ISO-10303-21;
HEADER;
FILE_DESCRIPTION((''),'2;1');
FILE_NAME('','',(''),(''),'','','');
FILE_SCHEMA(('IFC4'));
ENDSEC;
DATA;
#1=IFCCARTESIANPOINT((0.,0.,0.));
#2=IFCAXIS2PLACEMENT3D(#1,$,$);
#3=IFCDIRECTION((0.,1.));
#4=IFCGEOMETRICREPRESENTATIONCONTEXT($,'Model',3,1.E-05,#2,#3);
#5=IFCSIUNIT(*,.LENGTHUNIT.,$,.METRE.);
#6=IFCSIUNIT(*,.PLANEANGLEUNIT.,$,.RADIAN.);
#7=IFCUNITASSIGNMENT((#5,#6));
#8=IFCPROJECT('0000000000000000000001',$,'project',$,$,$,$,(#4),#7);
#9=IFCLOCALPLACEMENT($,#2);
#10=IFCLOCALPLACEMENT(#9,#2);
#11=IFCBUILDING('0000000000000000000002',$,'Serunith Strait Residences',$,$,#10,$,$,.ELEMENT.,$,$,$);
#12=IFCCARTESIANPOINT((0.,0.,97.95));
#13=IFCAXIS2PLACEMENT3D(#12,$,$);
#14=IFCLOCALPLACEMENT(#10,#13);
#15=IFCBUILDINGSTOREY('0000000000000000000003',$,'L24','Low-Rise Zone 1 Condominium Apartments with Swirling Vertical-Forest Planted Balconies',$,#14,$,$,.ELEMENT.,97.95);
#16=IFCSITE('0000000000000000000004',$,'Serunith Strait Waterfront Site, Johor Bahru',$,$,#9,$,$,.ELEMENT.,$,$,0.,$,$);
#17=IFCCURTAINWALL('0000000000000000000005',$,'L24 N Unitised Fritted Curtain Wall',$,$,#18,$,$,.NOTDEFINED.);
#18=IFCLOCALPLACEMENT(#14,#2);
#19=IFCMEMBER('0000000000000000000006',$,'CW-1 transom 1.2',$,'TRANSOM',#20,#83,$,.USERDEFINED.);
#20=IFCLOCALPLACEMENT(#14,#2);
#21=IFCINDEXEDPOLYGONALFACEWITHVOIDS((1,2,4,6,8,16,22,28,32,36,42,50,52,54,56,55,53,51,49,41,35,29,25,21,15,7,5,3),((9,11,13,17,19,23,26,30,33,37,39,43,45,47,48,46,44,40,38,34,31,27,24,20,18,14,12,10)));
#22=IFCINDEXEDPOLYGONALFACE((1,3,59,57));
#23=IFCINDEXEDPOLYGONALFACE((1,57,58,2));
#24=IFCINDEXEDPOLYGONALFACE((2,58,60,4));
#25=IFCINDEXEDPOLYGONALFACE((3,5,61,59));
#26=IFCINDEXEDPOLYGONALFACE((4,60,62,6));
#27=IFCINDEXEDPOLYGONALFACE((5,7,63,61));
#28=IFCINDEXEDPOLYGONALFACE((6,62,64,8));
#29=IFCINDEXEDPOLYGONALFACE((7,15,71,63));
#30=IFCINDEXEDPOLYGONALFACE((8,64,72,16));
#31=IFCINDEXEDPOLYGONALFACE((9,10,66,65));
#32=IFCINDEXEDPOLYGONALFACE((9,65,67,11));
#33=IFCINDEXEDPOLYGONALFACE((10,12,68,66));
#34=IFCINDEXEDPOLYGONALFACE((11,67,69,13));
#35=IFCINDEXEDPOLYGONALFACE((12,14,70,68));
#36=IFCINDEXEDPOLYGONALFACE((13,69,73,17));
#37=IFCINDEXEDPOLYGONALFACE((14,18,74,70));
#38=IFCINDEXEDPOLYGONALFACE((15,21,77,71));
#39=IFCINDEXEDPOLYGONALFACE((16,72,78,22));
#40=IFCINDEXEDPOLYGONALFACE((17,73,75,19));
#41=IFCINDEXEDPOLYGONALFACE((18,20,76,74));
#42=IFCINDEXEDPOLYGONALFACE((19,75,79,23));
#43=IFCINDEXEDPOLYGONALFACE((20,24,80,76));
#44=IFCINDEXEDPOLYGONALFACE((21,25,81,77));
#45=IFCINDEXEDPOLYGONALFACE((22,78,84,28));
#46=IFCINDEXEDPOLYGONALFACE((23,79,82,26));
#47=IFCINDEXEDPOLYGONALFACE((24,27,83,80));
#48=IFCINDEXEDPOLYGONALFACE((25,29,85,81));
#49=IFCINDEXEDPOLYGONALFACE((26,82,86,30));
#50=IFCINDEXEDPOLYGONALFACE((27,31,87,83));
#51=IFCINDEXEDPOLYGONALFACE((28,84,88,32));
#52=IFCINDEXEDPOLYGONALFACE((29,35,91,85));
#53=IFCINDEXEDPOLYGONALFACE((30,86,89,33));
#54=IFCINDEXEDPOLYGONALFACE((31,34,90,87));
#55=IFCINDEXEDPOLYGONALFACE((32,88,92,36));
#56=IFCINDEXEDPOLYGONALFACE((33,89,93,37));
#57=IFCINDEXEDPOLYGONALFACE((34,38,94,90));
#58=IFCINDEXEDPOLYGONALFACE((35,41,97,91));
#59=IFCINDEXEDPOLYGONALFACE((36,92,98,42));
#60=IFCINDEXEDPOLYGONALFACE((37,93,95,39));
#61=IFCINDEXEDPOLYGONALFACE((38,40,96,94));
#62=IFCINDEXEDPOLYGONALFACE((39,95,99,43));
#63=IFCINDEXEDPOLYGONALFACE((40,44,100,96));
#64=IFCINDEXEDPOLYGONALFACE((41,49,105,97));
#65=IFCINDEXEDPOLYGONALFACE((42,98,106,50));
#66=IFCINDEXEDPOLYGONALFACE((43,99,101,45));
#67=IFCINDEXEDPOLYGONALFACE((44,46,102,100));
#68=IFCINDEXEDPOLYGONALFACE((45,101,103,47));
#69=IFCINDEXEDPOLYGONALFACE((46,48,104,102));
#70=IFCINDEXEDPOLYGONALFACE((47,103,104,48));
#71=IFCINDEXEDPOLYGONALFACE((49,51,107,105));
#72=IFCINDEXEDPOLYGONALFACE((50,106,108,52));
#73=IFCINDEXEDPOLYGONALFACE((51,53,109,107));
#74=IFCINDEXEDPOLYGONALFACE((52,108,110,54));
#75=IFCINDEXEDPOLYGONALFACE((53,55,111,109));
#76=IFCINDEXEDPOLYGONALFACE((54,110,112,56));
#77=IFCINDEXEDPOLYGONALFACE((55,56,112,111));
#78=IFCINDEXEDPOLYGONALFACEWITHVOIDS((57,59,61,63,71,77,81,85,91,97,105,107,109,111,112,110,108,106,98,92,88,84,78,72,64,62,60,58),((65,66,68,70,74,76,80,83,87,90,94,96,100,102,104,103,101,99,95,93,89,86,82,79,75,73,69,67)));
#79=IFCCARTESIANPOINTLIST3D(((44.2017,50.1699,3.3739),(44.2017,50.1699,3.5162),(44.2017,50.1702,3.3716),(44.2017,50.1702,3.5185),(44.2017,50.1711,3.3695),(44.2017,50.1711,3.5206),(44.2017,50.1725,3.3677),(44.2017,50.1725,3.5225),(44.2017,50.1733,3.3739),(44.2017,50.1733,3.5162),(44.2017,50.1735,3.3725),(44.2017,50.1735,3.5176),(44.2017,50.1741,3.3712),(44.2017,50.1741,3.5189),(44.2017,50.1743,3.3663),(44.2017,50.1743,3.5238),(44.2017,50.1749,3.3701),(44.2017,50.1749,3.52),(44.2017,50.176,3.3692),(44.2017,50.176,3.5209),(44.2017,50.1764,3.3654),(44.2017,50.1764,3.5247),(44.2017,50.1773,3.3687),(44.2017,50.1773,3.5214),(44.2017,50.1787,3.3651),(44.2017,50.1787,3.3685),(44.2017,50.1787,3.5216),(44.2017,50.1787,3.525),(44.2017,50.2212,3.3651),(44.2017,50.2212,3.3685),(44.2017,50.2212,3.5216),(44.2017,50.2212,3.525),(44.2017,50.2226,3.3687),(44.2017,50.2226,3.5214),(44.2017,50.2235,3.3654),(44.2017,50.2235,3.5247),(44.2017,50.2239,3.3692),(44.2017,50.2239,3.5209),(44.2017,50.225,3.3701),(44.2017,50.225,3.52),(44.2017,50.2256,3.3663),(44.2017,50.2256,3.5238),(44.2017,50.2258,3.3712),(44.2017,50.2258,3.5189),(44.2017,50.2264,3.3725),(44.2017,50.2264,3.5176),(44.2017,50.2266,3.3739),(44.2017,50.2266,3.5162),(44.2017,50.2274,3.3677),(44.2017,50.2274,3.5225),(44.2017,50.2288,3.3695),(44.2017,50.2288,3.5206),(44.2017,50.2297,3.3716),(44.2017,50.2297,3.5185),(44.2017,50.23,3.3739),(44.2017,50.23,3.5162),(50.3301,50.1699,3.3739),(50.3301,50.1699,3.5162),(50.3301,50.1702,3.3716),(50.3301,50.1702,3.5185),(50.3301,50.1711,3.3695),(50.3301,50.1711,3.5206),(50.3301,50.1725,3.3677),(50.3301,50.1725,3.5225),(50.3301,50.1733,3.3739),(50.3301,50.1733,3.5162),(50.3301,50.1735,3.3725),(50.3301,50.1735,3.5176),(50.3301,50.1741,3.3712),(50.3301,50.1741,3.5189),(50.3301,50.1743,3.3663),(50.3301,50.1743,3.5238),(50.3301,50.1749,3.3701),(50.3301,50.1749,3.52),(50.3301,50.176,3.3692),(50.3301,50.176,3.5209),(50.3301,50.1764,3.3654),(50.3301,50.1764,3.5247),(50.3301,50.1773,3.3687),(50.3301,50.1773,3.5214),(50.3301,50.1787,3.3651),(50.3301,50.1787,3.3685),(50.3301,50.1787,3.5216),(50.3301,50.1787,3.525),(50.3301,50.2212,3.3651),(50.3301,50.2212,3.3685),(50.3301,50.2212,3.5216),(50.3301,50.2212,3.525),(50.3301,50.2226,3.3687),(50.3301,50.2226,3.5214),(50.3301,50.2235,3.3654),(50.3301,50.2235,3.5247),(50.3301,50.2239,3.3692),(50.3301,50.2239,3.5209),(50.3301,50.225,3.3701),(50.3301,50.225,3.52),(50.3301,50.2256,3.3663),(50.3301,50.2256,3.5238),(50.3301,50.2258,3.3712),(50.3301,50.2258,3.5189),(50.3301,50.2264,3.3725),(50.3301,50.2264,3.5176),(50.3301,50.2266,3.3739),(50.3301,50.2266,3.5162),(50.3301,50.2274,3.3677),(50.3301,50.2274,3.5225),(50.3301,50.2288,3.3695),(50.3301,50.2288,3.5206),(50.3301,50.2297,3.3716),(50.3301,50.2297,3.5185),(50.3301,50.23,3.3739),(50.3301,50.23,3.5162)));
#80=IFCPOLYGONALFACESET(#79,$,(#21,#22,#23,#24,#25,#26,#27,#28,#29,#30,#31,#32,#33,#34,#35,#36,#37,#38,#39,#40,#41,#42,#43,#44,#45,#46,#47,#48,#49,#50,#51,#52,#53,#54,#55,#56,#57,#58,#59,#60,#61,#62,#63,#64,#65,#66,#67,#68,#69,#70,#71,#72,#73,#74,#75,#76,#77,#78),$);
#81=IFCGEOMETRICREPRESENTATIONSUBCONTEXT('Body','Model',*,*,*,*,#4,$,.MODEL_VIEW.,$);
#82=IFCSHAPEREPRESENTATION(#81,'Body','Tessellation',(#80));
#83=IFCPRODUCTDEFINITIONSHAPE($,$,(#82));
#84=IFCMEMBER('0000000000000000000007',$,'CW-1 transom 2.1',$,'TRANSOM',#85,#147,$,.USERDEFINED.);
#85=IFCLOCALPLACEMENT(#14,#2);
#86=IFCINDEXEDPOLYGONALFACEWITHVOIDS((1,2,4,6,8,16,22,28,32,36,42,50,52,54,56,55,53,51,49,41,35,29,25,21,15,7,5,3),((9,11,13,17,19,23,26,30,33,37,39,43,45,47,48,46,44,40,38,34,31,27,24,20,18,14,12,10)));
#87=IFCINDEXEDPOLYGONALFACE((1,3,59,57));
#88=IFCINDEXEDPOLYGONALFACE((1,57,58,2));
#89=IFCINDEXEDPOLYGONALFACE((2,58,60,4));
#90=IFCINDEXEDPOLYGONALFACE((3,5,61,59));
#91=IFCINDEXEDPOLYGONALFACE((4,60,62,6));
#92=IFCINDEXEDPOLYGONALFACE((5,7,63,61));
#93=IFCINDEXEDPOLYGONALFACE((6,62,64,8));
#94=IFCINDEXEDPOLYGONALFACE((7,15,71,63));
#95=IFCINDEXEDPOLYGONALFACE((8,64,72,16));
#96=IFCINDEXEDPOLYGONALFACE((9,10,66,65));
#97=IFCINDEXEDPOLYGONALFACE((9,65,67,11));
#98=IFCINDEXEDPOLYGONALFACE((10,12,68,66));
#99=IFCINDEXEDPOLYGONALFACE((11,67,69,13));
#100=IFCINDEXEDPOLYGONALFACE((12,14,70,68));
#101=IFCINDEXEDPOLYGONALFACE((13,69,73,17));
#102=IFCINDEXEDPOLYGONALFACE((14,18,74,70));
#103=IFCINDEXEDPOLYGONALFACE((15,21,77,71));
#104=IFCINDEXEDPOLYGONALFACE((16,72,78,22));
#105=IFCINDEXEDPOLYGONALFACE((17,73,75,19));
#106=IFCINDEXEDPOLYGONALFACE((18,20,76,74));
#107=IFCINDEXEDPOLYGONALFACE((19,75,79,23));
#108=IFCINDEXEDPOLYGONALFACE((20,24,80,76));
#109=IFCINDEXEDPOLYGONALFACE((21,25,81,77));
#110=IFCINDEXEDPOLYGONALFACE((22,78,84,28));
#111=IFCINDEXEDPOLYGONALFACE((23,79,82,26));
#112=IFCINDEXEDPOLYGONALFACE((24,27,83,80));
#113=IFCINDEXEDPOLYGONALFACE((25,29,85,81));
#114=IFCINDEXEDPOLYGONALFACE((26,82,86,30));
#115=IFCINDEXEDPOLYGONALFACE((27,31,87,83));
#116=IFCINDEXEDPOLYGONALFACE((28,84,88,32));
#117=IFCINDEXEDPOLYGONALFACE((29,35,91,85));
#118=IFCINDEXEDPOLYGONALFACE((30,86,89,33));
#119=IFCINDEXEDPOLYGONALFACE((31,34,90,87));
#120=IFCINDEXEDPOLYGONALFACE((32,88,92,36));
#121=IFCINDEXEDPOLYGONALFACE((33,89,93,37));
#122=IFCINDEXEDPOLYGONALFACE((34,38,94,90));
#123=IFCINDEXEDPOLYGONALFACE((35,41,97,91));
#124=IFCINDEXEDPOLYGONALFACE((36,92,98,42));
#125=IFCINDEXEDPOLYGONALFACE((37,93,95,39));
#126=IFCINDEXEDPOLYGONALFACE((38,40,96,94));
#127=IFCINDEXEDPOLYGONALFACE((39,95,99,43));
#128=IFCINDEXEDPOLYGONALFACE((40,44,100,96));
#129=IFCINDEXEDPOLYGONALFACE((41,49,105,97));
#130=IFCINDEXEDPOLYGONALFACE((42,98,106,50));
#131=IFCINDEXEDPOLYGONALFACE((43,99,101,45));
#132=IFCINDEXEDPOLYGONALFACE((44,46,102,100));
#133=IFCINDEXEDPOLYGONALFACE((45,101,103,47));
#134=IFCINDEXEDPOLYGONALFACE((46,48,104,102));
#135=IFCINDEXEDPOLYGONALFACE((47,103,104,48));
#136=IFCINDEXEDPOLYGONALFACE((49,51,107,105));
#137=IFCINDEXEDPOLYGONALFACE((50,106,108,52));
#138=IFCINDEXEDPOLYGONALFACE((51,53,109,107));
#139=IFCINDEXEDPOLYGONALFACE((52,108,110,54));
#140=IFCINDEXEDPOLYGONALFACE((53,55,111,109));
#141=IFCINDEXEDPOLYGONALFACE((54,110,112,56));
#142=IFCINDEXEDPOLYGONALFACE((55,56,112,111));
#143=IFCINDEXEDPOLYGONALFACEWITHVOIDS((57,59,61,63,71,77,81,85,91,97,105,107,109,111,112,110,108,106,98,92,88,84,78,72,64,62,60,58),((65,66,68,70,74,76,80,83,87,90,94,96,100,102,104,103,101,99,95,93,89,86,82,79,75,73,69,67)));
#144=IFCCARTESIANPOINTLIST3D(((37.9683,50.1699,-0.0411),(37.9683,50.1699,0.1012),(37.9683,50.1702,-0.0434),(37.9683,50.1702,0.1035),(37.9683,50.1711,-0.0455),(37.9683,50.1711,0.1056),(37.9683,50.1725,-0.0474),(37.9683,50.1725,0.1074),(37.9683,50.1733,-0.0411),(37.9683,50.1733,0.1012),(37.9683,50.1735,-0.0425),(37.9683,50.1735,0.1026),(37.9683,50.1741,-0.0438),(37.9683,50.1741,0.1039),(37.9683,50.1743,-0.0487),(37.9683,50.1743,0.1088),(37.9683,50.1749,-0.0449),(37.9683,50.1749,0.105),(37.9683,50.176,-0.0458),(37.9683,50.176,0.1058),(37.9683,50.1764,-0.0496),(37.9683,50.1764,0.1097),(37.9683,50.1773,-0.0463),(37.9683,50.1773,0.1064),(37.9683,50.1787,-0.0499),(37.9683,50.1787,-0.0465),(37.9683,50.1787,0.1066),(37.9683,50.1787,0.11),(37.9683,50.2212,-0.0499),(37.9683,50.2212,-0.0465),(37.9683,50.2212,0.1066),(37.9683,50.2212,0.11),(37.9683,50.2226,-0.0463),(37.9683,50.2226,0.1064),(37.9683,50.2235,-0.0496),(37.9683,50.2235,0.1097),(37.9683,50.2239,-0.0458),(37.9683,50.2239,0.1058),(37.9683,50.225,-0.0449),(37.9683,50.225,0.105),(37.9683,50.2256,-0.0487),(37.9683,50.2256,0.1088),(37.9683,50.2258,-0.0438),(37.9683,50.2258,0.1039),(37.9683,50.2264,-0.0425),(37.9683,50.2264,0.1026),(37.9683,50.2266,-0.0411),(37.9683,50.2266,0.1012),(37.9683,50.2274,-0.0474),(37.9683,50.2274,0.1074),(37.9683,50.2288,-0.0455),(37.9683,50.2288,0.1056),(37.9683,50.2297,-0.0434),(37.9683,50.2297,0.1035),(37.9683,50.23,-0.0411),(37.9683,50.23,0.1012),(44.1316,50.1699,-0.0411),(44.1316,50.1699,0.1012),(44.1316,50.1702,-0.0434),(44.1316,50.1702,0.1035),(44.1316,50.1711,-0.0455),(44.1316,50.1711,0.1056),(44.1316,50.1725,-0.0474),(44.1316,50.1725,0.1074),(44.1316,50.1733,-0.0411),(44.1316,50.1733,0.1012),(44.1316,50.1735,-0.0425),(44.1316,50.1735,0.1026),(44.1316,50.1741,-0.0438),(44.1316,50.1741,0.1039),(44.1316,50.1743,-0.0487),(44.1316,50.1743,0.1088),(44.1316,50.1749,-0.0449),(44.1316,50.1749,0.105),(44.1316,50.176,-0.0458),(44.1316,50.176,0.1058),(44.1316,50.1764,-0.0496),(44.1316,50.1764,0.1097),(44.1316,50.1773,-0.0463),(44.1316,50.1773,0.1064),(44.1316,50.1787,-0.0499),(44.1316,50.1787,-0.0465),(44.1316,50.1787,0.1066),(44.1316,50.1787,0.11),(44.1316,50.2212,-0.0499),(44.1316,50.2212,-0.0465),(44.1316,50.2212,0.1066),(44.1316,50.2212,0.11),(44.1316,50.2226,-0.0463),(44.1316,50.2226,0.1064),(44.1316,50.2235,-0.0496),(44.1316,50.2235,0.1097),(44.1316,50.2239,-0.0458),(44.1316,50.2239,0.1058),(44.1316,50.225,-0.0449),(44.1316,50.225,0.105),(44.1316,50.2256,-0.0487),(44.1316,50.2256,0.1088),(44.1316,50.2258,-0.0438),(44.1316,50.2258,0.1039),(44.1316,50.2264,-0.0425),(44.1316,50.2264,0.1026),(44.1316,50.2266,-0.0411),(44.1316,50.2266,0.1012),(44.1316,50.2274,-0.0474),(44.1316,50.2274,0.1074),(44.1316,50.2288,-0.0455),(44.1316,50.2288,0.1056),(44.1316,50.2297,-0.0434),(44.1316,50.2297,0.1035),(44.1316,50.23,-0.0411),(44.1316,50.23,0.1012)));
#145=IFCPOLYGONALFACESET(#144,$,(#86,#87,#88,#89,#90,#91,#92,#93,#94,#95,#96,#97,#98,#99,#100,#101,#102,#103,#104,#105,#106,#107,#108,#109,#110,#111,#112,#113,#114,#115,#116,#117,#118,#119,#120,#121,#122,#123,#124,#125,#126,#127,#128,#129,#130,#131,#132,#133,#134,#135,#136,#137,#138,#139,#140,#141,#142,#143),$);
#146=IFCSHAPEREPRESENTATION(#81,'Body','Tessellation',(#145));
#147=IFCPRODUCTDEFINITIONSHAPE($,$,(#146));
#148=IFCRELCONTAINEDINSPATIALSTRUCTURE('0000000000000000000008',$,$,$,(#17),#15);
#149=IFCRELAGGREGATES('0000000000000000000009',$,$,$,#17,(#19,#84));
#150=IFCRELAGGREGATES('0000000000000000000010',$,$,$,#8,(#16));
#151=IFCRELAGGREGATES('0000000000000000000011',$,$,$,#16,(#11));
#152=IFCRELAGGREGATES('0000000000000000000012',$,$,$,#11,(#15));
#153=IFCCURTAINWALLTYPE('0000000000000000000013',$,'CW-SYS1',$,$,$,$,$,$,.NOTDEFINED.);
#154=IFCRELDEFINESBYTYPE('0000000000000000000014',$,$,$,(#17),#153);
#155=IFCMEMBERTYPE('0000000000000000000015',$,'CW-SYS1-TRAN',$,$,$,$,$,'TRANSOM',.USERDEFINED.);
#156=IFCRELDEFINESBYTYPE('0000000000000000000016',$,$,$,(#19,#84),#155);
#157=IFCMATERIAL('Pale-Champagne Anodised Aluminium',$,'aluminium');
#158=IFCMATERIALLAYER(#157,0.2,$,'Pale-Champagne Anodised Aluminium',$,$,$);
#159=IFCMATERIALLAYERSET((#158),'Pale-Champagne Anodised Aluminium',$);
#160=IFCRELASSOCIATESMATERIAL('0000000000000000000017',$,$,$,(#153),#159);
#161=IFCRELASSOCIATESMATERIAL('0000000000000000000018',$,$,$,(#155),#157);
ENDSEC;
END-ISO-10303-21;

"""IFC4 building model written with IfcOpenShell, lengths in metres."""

from ifc_helpers import new_model, si_unit, direction, frame, origin, origin_2d, place, context, subcontext, project, spatial, hollow_rectangle, extrude, source, transform, mapped, material, layer, layer_set, material_profile, profile_set, type_object, element, aggregate, save


model = new_model("IFC4")

# Units and contexts
model_context = context("Model", 3, precision=1e-05, world=origin(), true_north=direction((0.0, 1.0)))
body_context = subcontext(model_context, "Body", "Model", "MODEL_VIEW")
ifc_project = project(units=[si_unit("LENGTHUNIT", "METRE"), si_unit("PLANEANGLEUNIT", "RADIAN")], contexts=[model_context])

# Site, building, storey
site_placement = place(None, origin())
site = spatial("IfcSite", under=ifc_project, at=site_placement, Name="Serunith Strait Waterfront Site, Johor Bahru", CompositionType="ELEMENT", RefElevation=0.0)
building_placement = place(site_placement, origin())
building = spatial("IfcBuilding", under=site, at=building_placement, Name="Serunith Strait Residences", CompositionType="ELEMENT")
storey_placement = place(building_placement, frame((0.0, 0.0, 97.95)))
storey = spatial("IfcBuildingStorey", under=building, at=storey_placement, Name="L24", Description="Low-Rise Zone 1 Condominium Apartments with Swirling Vertical-Forest Planted Balconies", CompositionType="ELEMENT", Elevation=97.95)

# Shared definitions
ifc_material_1 = material(Name="Pale-Champagne Anodised Aluminium", Category="aluminium")
ifc_layer_1 = layer(ifc_material_1, 0.2, Name="Pale-Champagne Anodised Aluminium")
ifc_layer_set_1 = layer_set([ifc_layer_1], Name="Pale-Champagne Anodised Aluminium")
curtain_wall_type = type_object("IfcCurtainWallType", Name="CW-SYS1", PredefinedType="NOTDEFINED", material=ifc_layer_set_1)

# Curtain wall, members
curtain_wall_1_placement = place(storey_placement, origin())
curtain_wall_1 = element("IfcCurtainWall", 1, at=curtain_wall_1_placement, inside=storey, type_object=curtain_wall_type, Name="L24 N Unitised Fritted Curtain Wall", PredefinedType="NOTDEFINED")
ifc_material_profile_1 = material_profile(ifc_material_1, hollow_rectangle(XDim=0.0601, YDim=0.1599, WallThickness=0.0034, InnerFilletRadius=0.0054, OuterFilletRadius=0.0088, at=origin_2d()), Name="ALU 160x60x3.5")
ifc_profile_set_1 = profile_set([ifc_material_profile_1], Name="Pale-Champagne Anodised Aluminium")
member_type_1 = type_object("IfcMemberType", Name="CW-SYS1-TRAN", ElementType="TRANSOM", PredefinedType="USERDEFINED", material=ifc_profile_set_1)
shared_shape_1 = source(origin(), body_context, "Body", "SweptSolid", [
    extrude(hollow_rectangle(XDim=0.0601, YDim=0.1599, WallThickness=0.0034, InnerFilletRadius=0.0054, OuterFilletRadius=0.0088, at=origin_2d()), origin(), (0.0, 0.0, 1.0), 6.1284),
])
member_1_placement = place(storey_placement, frame((50.3301, 50.2, 3.4451), z_axis=(-1.0, 0.0, 0.0), x_axis=(0.0, -1.0, 0.0)))
member_1 = element("IfcMember", 2, at=member_1_placement, type_object=member_type_1, Name="CW-1 transom 1.2", ObjectType="TRANSOM", PredefinedType="USERDEFINED", context=body_context, shape_type="MappedRepresentation", body=[
    mapped(shared_shape_1, transform((0.0, 0.0, 0.0), scale=1.0)),
])
shared_shape_2 = source(origin(), body_context, "Body", "SweptSolid", [
    extrude(hollow_rectangle(XDim=0.0601, YDim=0.1599, WallThickness=0.0034, InnerFilletRadius=0.0054, OuterFilletRadius=0.0088, at=origin_2d()), origin(), (0.0, 0.0, 1.0), 6.1633),
])
member_2_placement = place(storey_placement, frame((44.1316, 50.2, 0.03), z_axis=(-1.0, 0.0, 0.0), x_axis=(0.0, -1.0, 0.0)))
member_2 = element("IfcMember", 3, at=member_2_placement, type_object=member_type_1, Name="CW-1 transom 2.1", ObjectType="TRANSOM", PredefinedType="USERDEFINED", context=body_context, shape_type="MappedRepresentation", body=[
    mapped(shared_shape_2, transform((0.0, 0.0, 0.0), scale=1.0)),
])
aggregate(curtain_wall_1, [member_1, member_2])

save(model, "model.ifc")
